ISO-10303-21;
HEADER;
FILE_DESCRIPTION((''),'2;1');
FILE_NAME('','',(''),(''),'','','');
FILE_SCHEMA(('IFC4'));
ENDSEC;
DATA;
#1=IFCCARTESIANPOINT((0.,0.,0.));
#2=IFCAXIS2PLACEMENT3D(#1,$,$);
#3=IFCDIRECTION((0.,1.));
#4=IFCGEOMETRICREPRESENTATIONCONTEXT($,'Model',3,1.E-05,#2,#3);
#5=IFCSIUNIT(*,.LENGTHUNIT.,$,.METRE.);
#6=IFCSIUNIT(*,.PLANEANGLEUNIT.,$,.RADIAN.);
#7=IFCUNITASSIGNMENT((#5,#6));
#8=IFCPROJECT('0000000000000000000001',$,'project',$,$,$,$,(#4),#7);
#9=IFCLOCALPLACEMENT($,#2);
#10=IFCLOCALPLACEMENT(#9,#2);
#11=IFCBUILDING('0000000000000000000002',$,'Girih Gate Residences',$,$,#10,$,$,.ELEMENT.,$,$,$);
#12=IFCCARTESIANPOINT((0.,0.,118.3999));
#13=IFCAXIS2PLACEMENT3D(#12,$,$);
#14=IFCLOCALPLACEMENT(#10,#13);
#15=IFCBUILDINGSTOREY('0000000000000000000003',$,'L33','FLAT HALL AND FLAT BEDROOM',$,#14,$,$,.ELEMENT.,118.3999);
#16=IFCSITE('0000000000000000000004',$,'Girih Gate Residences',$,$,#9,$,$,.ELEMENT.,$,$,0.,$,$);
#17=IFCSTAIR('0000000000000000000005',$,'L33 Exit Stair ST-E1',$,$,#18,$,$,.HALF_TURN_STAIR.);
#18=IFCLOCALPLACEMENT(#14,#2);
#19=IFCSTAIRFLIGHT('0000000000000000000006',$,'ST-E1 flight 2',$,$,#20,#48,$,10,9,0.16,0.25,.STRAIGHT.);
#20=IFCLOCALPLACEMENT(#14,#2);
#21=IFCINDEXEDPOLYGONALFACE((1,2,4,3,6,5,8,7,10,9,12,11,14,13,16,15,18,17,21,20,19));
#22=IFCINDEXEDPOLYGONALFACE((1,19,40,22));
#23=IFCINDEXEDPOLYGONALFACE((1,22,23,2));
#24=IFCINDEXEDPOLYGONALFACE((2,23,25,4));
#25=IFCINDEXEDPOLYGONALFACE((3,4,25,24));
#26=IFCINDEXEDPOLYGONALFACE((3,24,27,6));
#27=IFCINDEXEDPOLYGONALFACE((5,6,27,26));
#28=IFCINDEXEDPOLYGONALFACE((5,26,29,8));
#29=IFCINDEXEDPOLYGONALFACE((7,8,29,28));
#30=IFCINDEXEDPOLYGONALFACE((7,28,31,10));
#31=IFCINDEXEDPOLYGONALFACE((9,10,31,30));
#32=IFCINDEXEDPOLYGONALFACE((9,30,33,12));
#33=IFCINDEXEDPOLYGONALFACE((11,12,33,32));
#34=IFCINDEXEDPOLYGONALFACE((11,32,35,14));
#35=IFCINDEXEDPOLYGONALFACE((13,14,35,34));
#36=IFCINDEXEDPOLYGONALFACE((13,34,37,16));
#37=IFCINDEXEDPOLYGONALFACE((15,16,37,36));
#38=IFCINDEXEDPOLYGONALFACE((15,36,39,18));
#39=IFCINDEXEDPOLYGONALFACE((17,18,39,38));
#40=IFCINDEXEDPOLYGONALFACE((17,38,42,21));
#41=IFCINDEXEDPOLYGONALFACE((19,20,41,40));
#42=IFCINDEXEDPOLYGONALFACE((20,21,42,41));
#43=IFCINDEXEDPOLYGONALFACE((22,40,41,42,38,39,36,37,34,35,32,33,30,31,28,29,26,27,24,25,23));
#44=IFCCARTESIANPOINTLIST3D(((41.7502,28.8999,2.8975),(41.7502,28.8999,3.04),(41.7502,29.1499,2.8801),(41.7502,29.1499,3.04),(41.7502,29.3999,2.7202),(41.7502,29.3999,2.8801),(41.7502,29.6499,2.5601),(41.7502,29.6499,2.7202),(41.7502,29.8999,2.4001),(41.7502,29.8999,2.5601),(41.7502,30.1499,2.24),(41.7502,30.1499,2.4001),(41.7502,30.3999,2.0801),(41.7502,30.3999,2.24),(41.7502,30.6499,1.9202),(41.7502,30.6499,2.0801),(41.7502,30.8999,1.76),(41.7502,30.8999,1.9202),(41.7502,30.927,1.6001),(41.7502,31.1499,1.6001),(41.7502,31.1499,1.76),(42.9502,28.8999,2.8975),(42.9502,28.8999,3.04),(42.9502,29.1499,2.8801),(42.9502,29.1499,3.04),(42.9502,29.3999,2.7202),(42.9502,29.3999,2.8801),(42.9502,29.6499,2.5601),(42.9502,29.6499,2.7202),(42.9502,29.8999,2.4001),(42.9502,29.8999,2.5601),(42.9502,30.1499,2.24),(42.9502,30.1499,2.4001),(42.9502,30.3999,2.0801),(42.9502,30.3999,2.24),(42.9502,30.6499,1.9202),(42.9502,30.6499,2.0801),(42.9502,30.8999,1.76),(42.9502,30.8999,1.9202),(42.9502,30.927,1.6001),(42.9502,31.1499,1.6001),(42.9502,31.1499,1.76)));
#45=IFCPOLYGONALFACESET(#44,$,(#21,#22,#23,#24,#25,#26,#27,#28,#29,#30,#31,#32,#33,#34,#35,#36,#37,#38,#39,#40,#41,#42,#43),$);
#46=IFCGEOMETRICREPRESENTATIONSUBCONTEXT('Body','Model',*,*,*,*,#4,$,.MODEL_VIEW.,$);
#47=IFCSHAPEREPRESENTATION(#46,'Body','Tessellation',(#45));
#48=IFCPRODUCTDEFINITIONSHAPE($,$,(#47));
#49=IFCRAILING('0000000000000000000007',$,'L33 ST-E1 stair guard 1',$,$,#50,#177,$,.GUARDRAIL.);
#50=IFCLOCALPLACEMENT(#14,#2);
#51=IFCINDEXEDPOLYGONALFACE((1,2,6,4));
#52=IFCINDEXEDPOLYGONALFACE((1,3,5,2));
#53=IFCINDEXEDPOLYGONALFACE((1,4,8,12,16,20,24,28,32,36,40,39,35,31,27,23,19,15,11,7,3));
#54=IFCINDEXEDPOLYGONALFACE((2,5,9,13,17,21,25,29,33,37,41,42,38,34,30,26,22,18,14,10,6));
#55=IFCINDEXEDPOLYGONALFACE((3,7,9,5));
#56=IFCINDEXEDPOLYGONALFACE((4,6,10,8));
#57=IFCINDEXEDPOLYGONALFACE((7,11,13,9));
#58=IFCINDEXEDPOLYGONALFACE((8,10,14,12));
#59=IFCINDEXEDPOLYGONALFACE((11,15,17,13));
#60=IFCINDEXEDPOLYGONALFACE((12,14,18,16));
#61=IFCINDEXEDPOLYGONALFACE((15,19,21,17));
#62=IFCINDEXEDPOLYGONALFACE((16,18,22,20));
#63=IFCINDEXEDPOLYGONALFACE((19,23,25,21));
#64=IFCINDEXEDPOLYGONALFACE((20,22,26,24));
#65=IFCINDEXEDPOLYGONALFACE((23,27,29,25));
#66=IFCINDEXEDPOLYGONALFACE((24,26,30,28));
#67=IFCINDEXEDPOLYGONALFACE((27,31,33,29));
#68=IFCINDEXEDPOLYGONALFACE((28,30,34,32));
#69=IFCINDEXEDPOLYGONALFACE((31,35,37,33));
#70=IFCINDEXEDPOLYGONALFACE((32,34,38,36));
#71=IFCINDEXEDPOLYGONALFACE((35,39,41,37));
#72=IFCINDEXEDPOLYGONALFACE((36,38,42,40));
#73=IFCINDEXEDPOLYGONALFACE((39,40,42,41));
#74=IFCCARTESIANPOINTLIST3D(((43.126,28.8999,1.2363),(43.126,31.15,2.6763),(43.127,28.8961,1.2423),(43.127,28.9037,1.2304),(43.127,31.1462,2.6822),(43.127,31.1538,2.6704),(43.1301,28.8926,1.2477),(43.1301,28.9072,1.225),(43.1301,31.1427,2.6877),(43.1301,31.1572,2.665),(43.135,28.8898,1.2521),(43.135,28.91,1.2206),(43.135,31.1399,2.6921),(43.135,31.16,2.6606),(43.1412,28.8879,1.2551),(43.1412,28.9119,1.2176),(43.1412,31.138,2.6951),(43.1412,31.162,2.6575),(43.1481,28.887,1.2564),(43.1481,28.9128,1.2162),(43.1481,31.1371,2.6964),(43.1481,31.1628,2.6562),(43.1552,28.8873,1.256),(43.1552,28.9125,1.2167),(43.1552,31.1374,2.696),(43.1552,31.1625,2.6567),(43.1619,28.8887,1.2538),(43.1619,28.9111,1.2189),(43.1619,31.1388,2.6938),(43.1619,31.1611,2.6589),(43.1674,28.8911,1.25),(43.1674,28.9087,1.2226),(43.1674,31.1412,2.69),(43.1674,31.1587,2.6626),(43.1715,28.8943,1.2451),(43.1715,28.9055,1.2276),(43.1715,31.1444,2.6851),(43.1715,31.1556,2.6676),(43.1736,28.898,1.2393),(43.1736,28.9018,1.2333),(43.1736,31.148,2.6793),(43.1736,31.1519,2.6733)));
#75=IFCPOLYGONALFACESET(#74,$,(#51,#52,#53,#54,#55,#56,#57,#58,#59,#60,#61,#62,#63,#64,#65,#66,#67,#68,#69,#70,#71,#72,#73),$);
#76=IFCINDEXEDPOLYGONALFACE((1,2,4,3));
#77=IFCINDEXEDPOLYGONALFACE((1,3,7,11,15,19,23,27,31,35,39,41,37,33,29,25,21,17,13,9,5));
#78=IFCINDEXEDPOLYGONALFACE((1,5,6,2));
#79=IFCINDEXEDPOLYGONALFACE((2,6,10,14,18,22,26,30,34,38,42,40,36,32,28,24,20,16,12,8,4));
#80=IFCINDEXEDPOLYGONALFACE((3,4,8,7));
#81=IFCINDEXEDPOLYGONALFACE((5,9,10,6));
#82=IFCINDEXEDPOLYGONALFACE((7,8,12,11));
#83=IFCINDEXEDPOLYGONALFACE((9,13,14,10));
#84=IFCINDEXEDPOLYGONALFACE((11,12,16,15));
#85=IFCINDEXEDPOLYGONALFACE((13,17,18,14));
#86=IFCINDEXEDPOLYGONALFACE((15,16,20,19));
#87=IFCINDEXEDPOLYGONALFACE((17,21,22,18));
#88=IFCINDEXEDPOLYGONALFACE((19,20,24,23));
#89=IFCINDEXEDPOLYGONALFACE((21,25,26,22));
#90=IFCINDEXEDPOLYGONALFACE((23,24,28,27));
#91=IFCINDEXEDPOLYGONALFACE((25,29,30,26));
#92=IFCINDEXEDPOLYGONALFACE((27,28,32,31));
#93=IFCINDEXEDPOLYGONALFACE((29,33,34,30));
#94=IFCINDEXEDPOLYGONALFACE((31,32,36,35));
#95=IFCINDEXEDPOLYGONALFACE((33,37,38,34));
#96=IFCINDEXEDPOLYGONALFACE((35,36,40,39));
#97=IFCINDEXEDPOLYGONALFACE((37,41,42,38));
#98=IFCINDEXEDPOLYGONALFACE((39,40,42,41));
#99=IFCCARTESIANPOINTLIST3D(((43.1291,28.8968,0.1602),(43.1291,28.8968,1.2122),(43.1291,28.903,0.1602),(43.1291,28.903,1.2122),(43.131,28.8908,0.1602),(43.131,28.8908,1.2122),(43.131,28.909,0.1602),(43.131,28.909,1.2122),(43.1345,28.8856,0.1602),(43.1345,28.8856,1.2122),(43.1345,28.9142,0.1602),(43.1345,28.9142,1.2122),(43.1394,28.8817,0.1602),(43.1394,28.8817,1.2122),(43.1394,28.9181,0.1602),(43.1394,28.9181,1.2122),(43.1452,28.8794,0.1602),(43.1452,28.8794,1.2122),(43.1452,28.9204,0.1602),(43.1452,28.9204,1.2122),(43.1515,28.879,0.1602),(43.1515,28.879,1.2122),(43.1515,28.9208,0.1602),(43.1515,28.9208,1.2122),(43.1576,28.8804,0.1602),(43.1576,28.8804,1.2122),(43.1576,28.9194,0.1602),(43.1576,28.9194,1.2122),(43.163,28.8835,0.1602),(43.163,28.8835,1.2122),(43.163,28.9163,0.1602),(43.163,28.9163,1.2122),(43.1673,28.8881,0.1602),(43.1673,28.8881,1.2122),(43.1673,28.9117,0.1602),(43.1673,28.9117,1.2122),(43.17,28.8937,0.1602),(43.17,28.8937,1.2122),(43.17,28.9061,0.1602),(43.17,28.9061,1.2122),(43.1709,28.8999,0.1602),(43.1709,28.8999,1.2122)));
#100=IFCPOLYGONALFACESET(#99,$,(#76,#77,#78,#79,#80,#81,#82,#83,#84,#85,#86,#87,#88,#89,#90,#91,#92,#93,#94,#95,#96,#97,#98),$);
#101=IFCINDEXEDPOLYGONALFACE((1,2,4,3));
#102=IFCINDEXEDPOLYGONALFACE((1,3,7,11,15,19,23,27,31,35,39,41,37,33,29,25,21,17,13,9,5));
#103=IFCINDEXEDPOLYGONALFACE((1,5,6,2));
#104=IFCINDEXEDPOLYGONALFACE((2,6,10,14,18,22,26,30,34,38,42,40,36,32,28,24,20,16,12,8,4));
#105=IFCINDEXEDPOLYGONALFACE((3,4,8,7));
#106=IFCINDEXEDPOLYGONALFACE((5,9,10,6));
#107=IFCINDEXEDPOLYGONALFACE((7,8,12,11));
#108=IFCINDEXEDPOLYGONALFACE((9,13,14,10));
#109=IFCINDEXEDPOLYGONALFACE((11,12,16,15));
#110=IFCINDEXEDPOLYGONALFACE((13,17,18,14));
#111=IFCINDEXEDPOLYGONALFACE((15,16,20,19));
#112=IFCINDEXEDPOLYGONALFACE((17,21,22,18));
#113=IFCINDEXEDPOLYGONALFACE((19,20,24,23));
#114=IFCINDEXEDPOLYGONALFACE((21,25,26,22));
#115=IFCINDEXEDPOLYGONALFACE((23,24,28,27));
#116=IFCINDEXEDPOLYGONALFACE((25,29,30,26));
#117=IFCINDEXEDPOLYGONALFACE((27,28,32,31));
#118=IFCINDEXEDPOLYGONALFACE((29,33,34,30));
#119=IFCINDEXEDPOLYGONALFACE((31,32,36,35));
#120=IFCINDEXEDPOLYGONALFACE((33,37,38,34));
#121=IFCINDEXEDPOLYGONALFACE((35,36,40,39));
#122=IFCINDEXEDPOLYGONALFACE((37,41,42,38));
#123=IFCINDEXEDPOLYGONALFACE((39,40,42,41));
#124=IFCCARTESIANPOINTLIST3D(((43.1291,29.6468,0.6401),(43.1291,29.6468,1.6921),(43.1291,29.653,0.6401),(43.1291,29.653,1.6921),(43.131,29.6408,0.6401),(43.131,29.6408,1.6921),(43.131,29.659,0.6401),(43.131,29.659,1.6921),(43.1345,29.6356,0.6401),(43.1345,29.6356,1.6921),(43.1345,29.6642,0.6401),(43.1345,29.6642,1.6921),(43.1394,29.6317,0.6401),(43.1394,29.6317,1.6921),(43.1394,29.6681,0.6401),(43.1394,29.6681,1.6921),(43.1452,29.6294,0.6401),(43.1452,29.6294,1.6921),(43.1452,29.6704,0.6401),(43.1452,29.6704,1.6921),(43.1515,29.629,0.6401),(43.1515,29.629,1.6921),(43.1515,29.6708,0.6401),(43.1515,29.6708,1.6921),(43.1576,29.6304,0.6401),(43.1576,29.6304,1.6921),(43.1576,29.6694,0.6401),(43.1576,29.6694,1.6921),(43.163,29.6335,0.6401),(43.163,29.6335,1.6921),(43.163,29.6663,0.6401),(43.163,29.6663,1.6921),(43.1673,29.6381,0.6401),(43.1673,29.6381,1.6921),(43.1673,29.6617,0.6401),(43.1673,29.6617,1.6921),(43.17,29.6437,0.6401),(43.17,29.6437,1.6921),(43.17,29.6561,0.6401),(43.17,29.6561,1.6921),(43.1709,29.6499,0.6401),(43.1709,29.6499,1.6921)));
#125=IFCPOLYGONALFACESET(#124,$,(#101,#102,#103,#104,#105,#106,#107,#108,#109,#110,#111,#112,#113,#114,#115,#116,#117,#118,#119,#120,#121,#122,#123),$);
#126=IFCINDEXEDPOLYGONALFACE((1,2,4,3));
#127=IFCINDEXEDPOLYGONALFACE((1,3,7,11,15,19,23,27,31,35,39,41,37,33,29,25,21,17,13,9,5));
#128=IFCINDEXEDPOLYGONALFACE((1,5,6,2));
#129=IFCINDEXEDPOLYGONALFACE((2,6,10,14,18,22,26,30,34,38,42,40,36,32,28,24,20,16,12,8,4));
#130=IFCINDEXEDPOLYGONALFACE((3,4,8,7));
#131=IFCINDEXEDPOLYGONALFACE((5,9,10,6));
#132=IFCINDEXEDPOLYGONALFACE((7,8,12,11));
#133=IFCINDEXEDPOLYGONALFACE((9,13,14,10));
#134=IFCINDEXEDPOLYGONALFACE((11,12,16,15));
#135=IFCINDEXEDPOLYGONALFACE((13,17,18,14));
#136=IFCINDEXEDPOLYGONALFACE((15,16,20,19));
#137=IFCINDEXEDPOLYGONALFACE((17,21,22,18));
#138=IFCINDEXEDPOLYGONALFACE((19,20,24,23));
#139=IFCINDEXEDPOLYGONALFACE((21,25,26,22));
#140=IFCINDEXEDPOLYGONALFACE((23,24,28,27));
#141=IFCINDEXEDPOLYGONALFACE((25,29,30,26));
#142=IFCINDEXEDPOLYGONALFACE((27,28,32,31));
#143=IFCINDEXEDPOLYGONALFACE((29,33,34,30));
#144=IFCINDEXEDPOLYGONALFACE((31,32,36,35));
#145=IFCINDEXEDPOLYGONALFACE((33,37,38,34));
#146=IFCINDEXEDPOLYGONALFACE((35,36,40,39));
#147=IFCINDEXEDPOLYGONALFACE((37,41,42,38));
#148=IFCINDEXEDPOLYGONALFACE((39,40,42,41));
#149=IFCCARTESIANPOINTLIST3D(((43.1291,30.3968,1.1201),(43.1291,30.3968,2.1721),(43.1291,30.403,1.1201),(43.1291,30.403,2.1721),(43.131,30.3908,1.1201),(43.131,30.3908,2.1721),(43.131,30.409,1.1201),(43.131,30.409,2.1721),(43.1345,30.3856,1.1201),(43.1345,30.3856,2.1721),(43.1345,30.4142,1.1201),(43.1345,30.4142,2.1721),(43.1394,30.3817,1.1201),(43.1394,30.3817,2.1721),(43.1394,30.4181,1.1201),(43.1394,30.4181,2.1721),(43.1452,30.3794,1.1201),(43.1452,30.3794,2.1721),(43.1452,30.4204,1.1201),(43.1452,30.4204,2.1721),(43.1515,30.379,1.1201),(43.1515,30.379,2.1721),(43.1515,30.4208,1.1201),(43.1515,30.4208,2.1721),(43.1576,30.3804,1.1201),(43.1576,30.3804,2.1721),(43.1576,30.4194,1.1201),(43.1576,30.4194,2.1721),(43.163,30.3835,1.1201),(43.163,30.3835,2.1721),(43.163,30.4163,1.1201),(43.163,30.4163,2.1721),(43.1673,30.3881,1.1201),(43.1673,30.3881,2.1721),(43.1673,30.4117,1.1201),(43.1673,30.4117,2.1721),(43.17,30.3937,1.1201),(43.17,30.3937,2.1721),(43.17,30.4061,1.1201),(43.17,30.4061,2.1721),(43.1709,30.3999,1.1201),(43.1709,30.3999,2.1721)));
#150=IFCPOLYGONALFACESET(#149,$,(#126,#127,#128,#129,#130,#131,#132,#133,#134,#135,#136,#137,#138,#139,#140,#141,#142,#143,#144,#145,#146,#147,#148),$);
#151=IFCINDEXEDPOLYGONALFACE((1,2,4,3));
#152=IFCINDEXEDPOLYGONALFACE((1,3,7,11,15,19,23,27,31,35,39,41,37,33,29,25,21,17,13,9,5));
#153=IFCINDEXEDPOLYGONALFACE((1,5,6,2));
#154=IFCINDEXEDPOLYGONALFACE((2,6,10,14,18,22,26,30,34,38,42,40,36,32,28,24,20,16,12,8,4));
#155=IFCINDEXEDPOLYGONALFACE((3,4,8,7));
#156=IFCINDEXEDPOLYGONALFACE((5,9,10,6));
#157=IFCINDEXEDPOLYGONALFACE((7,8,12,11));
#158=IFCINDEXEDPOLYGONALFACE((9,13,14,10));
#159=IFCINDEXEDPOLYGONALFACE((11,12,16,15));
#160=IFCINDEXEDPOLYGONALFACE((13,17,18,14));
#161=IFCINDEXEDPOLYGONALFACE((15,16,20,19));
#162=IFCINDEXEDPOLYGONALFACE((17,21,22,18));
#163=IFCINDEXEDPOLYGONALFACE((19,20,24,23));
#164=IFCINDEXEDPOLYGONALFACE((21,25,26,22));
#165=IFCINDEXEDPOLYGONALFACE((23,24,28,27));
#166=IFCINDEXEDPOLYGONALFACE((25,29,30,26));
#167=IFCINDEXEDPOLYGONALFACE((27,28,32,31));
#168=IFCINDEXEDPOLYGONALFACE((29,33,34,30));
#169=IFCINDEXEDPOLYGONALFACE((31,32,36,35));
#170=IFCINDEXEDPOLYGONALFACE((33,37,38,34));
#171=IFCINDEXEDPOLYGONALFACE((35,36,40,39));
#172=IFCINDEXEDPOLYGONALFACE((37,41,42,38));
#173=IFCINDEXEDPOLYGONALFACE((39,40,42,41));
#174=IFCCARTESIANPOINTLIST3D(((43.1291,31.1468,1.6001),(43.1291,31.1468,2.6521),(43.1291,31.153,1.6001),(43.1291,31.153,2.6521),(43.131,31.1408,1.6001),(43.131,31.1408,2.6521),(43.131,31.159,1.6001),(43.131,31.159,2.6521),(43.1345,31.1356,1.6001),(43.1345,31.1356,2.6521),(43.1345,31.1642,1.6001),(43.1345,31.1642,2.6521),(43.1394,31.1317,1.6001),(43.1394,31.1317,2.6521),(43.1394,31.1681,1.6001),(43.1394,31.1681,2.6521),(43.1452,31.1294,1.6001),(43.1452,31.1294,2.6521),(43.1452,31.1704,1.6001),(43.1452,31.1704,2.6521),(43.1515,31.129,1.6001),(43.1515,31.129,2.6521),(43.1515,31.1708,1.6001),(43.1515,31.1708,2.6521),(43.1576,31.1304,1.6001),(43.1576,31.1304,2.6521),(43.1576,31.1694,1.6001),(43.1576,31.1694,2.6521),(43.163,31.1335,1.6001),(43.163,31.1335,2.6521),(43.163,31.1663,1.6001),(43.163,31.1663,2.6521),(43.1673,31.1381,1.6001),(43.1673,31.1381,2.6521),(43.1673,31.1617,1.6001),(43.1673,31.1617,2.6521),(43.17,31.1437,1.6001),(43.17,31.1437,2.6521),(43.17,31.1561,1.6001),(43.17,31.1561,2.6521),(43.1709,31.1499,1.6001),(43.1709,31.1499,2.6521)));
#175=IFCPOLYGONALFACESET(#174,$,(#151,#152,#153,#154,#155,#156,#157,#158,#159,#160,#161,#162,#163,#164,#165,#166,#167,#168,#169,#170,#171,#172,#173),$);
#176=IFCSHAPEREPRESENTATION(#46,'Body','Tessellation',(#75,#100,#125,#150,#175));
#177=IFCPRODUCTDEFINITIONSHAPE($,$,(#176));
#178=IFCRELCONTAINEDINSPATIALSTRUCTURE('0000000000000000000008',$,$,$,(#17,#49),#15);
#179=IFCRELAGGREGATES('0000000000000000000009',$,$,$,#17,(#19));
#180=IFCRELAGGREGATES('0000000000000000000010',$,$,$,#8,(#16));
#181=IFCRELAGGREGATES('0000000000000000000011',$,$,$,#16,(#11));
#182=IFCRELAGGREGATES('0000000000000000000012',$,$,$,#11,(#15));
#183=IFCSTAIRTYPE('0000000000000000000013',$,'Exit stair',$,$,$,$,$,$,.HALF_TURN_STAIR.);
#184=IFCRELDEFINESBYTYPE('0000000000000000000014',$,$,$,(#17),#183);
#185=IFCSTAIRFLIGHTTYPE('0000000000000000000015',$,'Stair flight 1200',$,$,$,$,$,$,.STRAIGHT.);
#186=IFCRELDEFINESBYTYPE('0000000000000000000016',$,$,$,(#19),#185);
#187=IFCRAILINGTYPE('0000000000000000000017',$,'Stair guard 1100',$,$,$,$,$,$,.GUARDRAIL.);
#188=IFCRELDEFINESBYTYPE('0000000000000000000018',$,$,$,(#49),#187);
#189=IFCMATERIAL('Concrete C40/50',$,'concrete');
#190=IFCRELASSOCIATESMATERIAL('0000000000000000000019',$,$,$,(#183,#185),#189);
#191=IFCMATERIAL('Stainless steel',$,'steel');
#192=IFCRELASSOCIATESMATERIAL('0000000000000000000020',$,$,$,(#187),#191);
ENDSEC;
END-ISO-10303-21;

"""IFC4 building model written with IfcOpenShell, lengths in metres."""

from ifc_helpers import new_model, si_unit, direction, frame, origin, origin_2d, place, context, subcontext, project, spatial, polyline, circle, outline, extrude, material, type_object, element, aggregate, save


model = new_model("IFC4")

# Units and contexts
model_context = context("Model", 3, precision=1e-05, world=origin(), true_north=direction((0.0, 1.0)))
body_context = subcontext(model_context, "Body", "Model", "MODEL_VIEW")
ifc_project = project(units=[si_unit("LENGTHUNIT", "METRE"), si_unit("PLANEANGLEUNIT", "RADIAN")], contexts=[model_context])

# Site, building, storey
site_placement = place(None, origin())
site = spatial("IfcSite", under=ifc_project, at=site_placement, Name="Girih Gate Residences", CompositionType="ELEMENT", RefElevation=0.0)
building_placement = place(site_placement, origin())
building = spatial("IfcBuilding", under=site, at=building_placement, Name="Girih Gate Residences", CompositionType="ELEMENT")
storey_placement = place(building_placement, frame((0.0, 0.0, 118.3999)))
storey = spatial("IfcBuildingStorey", under=building, at=storey_placement, Name="L33", Description="FLAT HALL AND FLAT BEDROOM", CompositionType="ELEMENT", Elevation=118.3999)

# Shared definitions
ifc_material_1 = material(Name="Concrete C40/50", Category="concrete")

# Stair, stair flight
stair_type = type_object("IfcStairType", Name="Exit stair", PredefinedType="HALF_TURN_STAIR", material=ifc_material_1)
stair_placement = place(storey_placement, origin())
stair = element("IfcStair", 1, at=stair_placement, inside=storey, type_object=stair_type, Name="L33 Exit Stair ST-E1", PredefinedType="HALF_TURN_STAIR")
stair_flight_type = type_object("IfcStairFlightType", Name="Stair flight 1200", PredefinedType="STRAIGHT", material=ifc_material_1)
stair_flight_1_placement = place(storey_placement, frame((42.3501, 31.1499, 1.6001), z_axis=(0.0, 0.0, 1.0), x_axis=(0.0, -1.0, 0.0)))
stair_flight_1 = element("IfcStairFlight", 2, at=stair_flight_1_placement, type_object=stair_flight_type, Name="ST-E1 flight 2", NumberOfRisers=10, NumberOfTreads=9, PredefinedType="STRAIGHT", RiserHeight=0.16, TreadLength=0.25, context=body_context, shape_type="SweptSolid", body=[
    extrude(outline(polyline([(0.0, 0.0), (0.0, 0.1599), (0.25, 0.1599), (0.25, 0.3201), (0.5, 0.3201), (0.5, 0.48), (0.75, 0.48), (0.75, 0.6399), (1.0, 0.6399), (1.0, 0.8), (1.25, 0.8), (1.25, 0.96), (1.5, 0.96), (1.5, 1.1201), (1.75, 1.1201), (1.75, 1.28), (2.0, 1.28), (2.0, 1.4399), (2.25, 1.4399), (2.25, 1.6001), (2.25, 1.2974), (0.2229, 0.0), (0.0, 0.0)])), frame((0.0, 0.6001, 0.0), z_axis=(0.0, -1.0, 0.0), x_axis=(1.0, 0.0, 0.0)), (0.0, 0.0, 1.0), 1.2),
])
aggregate(stair, [stair_flight_1])

# Railing
ifc_material_2 = material(Name="Stainless steel", Category="steel")
railing_type_1 = type_object("IfcRailingType", Name="Stair guard 1100", PredefinedType="GUARDRAIL", material=ifc_material_2)
railing_1_placement = place(storey_placement, frame((43.1499, 28.8999, 0.1602)))
element("IfcRailing", 3, at=railing_1_placement, inside=storey, type_object=railing_type_1, Name="L33 ST-E1 stair guard 1", PredefinedType="GUARDRAIL", context=body_context, shape_type="SweptSolid", body=[
    extrude(circle(Radius=0.0239, at=origin_2d()), frame((0.0, 0.0, 1.0762), z_axis=(0.0, 0.842281, 0.539038), x_axis=(-1.0, 0.0, 0.0)), (0.0, 0.0, 1.0), 2.6714),
    extrude(circle(Radius=0.021, at=origin_2d()), origin(), (0.0, 0.0, 1.0), 1.052),
    extrude(circle(Radius=0.021, at=origin_2d()), frame((0.0, 0.75, 0.48)), (0.0, 0.0, 1.0), 1.052),
    extrude(circle(Radius=0.021, at=origin_2d()), frame((0.0, 1.5, 0.96)), (0.0, 0.0, 1.0), 1.052),
    extrude(circle(Radius=0.021, at=origin_2d()), frame((0.0, 2.25, 1.4399)), (0.0, 0.0, 1.0), 1.052),
])

save(model, "model.ifc")
